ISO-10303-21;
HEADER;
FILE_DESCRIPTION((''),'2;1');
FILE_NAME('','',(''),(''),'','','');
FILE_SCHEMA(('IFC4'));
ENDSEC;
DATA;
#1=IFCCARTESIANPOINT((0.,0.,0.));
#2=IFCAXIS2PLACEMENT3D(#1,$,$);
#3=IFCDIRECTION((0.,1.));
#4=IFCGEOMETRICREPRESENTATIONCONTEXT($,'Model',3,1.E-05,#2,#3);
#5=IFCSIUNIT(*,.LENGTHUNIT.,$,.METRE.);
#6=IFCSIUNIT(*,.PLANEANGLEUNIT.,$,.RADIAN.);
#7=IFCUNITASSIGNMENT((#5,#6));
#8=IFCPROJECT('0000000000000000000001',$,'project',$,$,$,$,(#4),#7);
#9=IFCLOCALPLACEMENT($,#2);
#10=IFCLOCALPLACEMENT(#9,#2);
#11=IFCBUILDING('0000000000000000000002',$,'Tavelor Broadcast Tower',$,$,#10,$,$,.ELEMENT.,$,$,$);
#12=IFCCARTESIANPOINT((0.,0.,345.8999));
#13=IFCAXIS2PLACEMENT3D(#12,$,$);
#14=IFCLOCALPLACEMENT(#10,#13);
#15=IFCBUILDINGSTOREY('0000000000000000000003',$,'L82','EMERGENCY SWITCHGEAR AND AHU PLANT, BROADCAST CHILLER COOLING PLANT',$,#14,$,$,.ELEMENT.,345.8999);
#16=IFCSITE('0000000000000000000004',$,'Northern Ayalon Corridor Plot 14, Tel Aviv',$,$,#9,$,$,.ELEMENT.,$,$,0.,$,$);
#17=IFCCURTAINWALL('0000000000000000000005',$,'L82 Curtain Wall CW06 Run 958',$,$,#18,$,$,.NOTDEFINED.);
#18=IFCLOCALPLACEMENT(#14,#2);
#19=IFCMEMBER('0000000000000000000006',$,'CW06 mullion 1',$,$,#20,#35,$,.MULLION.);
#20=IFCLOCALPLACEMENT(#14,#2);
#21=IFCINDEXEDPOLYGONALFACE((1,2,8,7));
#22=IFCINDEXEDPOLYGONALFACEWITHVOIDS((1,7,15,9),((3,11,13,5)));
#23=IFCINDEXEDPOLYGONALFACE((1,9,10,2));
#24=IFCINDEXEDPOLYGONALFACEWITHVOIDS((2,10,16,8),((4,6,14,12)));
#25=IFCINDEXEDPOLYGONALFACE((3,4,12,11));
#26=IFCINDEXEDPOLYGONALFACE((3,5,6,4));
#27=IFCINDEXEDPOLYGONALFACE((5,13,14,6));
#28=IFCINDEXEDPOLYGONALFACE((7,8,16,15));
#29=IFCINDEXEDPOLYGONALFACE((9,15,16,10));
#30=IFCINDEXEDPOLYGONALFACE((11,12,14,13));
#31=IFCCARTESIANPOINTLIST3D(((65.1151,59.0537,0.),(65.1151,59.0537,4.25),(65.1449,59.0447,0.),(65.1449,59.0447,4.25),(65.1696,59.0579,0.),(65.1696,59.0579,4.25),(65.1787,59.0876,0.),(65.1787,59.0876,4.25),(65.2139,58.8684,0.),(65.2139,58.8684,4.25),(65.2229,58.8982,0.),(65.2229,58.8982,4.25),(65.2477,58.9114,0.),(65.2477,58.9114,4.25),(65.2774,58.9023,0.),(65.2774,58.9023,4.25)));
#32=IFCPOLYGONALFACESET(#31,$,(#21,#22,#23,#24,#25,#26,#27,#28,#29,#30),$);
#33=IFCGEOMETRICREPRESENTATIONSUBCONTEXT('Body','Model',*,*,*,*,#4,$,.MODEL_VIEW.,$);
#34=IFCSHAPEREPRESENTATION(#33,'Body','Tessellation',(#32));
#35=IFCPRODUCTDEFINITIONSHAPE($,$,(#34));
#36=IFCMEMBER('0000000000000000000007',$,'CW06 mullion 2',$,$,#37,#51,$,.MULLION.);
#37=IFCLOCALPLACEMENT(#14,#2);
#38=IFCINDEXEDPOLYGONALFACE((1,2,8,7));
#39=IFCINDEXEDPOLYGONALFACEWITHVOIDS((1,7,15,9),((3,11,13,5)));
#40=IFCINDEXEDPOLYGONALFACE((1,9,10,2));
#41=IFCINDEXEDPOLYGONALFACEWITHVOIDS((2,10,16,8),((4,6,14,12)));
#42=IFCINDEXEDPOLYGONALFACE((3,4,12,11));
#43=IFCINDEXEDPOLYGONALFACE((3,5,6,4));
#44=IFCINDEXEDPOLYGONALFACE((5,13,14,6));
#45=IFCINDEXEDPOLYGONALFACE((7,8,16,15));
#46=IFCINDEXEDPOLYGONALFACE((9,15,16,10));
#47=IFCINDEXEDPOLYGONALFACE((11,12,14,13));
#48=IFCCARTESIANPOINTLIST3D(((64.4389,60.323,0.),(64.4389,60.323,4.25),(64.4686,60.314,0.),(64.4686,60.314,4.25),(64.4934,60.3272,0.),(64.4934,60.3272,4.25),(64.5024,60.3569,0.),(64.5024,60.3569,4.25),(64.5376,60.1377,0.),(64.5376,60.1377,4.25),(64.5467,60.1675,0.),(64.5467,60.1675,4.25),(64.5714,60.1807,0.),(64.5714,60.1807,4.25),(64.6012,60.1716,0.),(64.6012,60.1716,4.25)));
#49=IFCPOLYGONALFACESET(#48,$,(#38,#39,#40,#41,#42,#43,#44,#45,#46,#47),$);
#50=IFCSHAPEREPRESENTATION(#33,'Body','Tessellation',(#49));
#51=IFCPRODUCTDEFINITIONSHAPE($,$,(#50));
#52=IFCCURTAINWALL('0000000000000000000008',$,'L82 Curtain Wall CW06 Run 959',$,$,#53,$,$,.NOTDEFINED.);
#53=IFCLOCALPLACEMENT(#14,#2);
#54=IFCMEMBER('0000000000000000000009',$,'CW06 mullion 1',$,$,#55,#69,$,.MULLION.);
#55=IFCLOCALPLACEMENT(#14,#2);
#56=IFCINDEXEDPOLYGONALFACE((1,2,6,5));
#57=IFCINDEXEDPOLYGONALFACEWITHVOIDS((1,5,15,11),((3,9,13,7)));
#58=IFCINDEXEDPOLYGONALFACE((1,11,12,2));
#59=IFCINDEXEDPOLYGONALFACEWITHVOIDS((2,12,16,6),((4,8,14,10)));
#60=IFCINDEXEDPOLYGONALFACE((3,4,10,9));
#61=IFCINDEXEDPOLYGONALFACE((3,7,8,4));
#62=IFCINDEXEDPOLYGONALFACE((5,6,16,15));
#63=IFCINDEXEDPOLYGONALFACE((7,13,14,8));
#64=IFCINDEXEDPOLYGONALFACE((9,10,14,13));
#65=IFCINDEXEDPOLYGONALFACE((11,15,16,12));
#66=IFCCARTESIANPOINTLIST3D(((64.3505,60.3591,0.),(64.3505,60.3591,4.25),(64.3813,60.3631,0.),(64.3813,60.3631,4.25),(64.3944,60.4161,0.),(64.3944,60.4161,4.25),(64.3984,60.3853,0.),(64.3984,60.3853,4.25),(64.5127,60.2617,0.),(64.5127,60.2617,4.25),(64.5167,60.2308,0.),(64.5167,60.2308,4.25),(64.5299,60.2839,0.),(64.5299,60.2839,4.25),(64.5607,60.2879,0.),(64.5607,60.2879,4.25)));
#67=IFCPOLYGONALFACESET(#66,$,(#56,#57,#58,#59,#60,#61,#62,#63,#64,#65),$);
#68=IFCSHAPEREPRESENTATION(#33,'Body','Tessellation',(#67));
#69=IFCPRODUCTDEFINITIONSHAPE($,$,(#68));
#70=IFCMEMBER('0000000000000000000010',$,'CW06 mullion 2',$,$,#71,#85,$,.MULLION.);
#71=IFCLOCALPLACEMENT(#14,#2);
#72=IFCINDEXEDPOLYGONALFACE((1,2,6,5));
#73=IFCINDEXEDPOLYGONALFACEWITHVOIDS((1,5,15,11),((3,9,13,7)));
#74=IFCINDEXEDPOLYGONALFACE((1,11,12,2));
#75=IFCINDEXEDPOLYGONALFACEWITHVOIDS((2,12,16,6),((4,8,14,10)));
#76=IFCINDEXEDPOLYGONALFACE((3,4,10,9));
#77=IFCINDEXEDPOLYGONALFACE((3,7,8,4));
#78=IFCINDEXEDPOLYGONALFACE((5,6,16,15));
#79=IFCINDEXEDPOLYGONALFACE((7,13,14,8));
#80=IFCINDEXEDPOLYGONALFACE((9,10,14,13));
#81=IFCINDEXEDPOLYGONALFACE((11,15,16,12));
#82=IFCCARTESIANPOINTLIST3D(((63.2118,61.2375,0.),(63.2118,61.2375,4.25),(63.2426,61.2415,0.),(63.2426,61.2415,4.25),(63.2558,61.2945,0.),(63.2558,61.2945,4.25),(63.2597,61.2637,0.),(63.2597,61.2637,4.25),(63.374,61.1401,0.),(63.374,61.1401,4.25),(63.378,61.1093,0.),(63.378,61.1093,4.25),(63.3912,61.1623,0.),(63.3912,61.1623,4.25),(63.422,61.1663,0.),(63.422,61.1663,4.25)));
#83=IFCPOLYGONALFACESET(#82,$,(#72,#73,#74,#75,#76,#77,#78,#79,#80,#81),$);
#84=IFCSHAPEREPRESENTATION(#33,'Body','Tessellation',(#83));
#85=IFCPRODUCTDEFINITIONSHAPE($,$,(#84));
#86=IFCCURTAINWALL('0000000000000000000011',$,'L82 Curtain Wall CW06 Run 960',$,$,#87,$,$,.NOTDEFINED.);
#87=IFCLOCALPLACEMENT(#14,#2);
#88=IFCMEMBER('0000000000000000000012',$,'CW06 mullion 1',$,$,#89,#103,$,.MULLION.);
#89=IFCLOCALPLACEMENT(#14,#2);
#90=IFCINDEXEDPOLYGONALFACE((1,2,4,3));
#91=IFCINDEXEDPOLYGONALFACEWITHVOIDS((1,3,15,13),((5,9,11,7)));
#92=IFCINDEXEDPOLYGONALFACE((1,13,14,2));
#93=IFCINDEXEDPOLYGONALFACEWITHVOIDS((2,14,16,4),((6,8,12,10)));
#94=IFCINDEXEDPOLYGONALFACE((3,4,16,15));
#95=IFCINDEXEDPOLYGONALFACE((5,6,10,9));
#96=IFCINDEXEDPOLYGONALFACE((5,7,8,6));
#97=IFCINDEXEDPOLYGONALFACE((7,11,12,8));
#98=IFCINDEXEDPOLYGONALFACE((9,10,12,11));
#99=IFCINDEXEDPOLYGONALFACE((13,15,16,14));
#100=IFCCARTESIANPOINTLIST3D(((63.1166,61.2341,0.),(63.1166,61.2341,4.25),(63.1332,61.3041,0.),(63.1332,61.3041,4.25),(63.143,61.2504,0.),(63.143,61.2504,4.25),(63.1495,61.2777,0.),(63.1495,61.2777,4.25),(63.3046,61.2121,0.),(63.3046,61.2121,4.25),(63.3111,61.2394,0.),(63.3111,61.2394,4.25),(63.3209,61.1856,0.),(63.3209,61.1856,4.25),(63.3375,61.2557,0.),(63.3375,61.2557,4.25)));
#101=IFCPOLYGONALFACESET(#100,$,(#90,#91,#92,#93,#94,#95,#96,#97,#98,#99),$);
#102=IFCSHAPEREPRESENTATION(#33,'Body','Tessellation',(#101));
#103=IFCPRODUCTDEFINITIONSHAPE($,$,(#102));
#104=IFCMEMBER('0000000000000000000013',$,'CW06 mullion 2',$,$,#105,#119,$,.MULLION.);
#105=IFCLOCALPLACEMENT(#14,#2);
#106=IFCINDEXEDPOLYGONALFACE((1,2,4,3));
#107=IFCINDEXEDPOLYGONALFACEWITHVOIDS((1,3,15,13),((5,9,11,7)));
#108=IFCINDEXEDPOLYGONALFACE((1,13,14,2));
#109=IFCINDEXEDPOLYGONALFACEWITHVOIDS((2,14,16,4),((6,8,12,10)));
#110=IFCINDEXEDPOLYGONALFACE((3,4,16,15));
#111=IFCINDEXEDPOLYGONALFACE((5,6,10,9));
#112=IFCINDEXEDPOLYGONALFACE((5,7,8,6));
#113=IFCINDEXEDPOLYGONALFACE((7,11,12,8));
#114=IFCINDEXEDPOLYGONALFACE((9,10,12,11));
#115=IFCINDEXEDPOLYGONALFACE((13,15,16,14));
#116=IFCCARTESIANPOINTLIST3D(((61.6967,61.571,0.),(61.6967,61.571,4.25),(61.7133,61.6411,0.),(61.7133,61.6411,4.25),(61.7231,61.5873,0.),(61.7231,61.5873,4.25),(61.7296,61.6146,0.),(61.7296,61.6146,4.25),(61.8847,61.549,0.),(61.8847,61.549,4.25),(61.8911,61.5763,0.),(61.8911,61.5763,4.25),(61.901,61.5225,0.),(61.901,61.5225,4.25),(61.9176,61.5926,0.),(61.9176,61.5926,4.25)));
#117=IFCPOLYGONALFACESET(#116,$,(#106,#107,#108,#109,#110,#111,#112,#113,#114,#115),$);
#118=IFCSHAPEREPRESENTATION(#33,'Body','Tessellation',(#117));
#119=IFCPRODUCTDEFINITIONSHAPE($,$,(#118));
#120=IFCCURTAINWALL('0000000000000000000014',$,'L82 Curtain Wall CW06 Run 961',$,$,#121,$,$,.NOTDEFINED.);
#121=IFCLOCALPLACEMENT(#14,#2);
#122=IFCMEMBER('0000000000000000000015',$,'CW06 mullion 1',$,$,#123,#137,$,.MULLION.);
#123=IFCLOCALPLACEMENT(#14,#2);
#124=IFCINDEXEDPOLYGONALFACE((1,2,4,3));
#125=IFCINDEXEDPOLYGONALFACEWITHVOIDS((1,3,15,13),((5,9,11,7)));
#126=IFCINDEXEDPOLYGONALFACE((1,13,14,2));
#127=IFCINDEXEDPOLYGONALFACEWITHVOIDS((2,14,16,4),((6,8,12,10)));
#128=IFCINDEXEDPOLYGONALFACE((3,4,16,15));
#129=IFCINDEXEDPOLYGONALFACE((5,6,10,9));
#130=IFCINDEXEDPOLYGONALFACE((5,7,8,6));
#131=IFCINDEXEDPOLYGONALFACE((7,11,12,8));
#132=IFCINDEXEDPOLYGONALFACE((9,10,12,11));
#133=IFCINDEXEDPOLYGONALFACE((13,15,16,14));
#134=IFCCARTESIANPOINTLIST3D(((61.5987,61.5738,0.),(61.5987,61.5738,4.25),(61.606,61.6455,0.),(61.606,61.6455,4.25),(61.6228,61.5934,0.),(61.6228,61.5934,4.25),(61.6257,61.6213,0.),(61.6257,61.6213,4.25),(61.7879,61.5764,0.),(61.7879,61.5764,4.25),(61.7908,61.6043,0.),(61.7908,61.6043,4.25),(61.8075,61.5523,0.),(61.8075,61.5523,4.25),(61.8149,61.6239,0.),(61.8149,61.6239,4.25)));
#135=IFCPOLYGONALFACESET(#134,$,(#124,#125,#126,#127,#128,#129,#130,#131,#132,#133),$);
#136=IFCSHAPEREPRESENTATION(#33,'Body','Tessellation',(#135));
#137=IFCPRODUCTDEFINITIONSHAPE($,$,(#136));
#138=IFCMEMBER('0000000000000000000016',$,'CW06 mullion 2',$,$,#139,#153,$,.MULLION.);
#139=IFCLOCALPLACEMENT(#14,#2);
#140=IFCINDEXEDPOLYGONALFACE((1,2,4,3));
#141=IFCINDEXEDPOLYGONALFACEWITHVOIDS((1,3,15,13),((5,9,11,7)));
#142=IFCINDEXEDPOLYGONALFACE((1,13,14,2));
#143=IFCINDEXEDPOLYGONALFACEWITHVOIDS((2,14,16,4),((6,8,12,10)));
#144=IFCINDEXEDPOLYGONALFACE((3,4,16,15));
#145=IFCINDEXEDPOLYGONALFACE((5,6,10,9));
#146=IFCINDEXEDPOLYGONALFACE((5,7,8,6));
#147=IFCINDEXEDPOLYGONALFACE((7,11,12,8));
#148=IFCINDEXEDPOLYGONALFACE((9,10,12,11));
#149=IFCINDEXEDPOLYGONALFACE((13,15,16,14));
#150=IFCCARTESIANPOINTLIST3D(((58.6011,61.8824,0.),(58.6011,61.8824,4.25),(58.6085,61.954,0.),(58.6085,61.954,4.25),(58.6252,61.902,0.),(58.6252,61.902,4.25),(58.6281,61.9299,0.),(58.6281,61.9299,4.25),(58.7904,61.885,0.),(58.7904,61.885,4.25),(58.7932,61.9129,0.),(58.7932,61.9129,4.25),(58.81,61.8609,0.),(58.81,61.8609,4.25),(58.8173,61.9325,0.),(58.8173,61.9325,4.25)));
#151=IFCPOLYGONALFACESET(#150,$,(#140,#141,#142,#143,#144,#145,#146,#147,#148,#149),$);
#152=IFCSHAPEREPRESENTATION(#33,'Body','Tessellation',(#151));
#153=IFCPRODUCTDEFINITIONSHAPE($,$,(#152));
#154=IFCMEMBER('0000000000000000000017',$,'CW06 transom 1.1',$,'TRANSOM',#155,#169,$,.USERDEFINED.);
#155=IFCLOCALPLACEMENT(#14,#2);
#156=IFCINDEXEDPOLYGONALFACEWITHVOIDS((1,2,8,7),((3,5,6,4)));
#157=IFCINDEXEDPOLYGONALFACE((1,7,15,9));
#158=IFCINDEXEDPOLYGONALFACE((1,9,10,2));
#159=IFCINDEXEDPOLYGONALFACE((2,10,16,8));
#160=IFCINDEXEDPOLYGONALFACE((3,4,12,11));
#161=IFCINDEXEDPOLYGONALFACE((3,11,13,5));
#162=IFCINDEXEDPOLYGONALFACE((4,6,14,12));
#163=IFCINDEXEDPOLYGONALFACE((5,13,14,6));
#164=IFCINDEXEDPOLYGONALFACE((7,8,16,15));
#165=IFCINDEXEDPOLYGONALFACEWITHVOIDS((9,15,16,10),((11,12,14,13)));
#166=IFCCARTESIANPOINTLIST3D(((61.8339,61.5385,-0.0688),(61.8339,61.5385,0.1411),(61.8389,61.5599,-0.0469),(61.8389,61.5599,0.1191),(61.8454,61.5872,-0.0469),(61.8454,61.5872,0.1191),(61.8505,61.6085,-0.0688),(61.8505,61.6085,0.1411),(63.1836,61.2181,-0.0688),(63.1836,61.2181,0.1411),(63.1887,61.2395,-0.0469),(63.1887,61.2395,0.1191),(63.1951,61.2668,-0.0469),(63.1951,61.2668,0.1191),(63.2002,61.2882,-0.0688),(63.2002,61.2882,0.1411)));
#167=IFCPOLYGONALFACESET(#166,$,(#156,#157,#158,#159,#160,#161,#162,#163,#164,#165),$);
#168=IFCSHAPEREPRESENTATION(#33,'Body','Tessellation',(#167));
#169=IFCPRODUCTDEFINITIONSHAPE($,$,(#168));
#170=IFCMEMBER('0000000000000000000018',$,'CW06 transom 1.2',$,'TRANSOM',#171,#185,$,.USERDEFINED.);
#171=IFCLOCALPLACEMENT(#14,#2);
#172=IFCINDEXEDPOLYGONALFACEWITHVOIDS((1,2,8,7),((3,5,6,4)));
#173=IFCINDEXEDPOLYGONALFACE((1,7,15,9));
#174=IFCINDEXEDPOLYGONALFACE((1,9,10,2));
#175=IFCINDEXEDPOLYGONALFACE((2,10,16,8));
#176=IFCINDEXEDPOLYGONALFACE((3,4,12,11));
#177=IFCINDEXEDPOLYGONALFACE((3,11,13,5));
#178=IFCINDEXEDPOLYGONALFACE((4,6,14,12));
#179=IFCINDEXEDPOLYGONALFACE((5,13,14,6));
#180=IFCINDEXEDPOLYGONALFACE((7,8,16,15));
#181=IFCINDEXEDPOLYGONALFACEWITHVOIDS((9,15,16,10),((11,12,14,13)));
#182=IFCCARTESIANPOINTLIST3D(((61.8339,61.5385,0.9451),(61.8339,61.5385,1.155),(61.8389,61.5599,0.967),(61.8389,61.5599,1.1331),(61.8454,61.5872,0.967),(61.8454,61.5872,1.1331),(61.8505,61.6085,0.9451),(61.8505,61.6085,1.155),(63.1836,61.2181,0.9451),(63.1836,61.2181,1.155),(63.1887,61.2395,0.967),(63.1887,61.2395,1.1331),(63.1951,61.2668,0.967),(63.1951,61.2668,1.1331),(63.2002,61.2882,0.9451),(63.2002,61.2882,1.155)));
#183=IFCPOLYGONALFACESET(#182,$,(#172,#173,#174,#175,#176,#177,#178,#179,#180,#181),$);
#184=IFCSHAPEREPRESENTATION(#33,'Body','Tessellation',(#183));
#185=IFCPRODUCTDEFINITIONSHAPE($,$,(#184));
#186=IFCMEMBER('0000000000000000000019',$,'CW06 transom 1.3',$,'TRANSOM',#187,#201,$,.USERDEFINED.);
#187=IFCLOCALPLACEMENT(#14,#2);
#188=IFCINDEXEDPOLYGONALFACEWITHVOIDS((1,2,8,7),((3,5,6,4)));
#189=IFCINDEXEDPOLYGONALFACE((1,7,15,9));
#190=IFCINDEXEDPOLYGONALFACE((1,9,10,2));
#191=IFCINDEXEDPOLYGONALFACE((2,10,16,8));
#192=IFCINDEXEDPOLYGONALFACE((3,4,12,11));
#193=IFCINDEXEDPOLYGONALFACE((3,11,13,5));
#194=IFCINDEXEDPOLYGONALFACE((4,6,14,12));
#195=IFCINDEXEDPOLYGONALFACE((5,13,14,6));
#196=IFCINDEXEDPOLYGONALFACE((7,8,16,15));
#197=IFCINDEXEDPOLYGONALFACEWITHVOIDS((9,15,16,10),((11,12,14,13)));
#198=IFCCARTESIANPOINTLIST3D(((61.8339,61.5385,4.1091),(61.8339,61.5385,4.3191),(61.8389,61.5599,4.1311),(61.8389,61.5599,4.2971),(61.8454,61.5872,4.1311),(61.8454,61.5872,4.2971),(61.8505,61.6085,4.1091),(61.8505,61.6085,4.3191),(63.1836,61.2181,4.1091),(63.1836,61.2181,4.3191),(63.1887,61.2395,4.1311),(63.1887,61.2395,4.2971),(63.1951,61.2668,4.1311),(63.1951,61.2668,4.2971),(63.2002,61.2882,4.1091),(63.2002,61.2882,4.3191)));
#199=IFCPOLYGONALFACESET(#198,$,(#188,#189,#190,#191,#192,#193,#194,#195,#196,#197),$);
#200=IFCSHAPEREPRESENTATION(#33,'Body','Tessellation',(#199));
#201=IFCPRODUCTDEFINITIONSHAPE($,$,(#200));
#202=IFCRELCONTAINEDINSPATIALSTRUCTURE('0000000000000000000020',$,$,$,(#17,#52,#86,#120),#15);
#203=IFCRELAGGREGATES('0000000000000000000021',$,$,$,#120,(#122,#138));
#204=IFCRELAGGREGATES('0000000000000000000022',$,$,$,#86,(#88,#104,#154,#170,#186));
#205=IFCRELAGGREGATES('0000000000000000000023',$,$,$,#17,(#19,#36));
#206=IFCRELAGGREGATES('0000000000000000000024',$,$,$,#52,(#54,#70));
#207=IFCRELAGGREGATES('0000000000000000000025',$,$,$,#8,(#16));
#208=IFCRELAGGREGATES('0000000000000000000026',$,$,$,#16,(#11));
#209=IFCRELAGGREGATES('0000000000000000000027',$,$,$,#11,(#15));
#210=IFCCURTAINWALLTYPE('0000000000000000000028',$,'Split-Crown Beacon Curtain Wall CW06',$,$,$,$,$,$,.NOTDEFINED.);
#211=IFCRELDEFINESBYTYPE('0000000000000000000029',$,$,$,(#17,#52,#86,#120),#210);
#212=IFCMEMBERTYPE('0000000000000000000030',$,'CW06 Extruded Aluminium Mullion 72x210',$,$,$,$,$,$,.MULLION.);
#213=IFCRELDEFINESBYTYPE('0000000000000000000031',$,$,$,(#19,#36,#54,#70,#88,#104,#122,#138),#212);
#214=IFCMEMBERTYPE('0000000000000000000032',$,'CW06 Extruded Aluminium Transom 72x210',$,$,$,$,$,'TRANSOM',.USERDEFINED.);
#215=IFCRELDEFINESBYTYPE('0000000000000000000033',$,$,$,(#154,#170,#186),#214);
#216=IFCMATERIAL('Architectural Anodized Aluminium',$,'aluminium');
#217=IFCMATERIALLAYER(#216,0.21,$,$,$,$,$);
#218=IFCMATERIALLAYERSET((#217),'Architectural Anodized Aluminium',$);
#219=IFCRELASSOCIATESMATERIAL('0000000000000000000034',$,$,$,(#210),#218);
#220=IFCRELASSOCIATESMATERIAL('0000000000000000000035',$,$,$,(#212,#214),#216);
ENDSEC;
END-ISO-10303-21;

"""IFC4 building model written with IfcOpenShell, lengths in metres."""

from ifc_helpers import new_model, si_unit, direction, frame, origin, origin_2d, place, context, subcontext, project, spatial, hollow_rectangle, extrude, source, transform, mapped, material, layer, layer_set, material_profile, profile_set, type_object, type_shapes, element, aggregate, save


model = new_model("IFC4")

# Units and contexts
model_context = context("Model", 3, precision=1e-05, world=origin(), true_north=direction((0.0, 1.0)))
body_context = subcontext(model_context, "Body", "Model", "MODEL_VIEW")
ifc_project = project(units=[si_unit("LENGTHUNIT", "METRE"), si_unit("PLANEANGLEUNIT", "RADIAN")], contexts=[model_context])

# Site, building, storey
site_placement = place(None, origin())
site = spatial("IfcSite", under=ifc_project, at=site_placement, Name="Northern Ayalon Corridor Plot 14, Tel Aviv", CompositionType="ELEMENT", RefElevation=0.0)
building_placement = place(site_placement, origin())
building = spatial("IfcBuilding", under=site, at=building_placement, Name="Tavelor Broadcast Tower", CompositionType="ELEMENT")
storey_placement = place(building_placement, frame((0.0, 0.0, 345.8999)))
storey = spatial("IfcBuildingStorey", under=building, at=storey_placement, Name="L82", Description="EMERGENCY SWITCHGEAR AND AHU PLANT, BROADCAST CHILLER COOLING PLANT", CompositionType="ELEMENT", Elevation=345.8999)

# Curtain walls, members
ifc_material_1 = material(Name="Architectural Anodized Aluminium", Category="aluminium")
ifc_layer_1 = layer(ifc_material_1, 0.21)
ifc_layer_set_1 = layer_set([ifc_layer_1], Name="Architectural Anodized Aluminium")
curtain_wall_type = type_object("IfcCurtainWallType", Name="Split-Crown Beacon Curtain Wall CW06", PredefinedType="NOTDEFINED", material=ifc_layer_set_1)
curtain_wall_1_placement = place(storey_placement, origin())
curtain_wall_1 = element("IfcCurtainWall", 1, at=curtain_wall_1_placement, inside=storey, type_object=curtain_wall_type, Name="L82 Curtain Wall CW06 Run 958", PredefinedType="NOTDEFINED")
ifc_material_profile_1 = material_profile(ifc_material_1, hollow_rectangle(XDim=0.072, YDim=0.21, WallThickness=0.022, at=origin_2d()), Name="RHS 72x210x22")
ifc_profile_set_1 = profile_set([ifc_material_profile_1], Name="Architectural Anodized Aluminium")
member_type_1 = type_object("IfcMemberType", Name="CW06 Extruded Aluminium Mullion 72x210", PredefinedType="MULLION", material=ifc_profile_set_1)
shared_shape_1 = source(origin(), body_context, "Body", "SweptSolid", [
    extrude(hollow_rectangle(XDim=0.072, YDim=0.21, WallThickness=0.022, at=origin_2d()), origin(), (0.0, 0.0, 1.0), 4.25),
])
type_shapes(member_type_1, [shared_shape_1])
member_1_placement = place(storey_placement, frame((65.1963, 58.978, 0.0), z_axis=(0.0, 0.0, 1.0), x_axis=(-0.882553, -0.470214, 0.0)))
member_1 = element("IfcMember", 2, at=member_1_placement, type_object=member_type_1, Name="CW06 mullion 1", PredefinedType="MULLION", context=body_context, shape_type="MappedRepresentation", body=[
    mapped(shared_shape_1, transform((0.0, 0.0, 0.0), scale=1.0)),
])
member_2_placement = place(storey_placement, frame((64.52, 60.2473, 0.0), z_axis=(0.0, 0.0, 1.0), x_axis=(-0.882553, -0.470214, 0.0)))
member_2 = element("IfcMember", 3, at=member_2_placement, type_object=member_type_1, Name="CW06 mullion 2", PredefinedType="MULLION", context=body_context, shape_type="MappedRepresentation", body=[
    mapped(shared_shape_1, transform((0.0, 0.0, 0.0), scale=1.0)),
])
curtain_wall_2_placement = place(storey_placement, origin())
curtain_wall_2 = element("IfcCurtainWall", 4, at=curtain_wall_2_placement, inside=storey, type_object=curtain_wall_type, Name="L82 Curtain Wall CW06 Run 959", PredefinedType="NOTDEFINED")
member_3_placement = place(storey_placement, frame((64.4556, 60.3235, 0.0), z_axis=(0.0, 0.0, 1.0), x_axis=(-0.610846, -0.791749, 0.0)))
member_3 = element("IfcMember", 5, at=member_3_placement, type_object=member_type_1, Name="CW06 mullion 1", PredefinedType="MULLION", context=body_context, shape_type="MappedRepresentation", body=[
    mapped(shared_shape_1, transform((0.0, 0.0, 0.0), scale=1.0)),
])
member_4_placement = place(storey_placement, frame((63.3169, 61.2019, 0.0), z_axis=(0.0, 0.0, 1.0), x_axis=(-0.610846, -0.791749, 0.0)))
member_4 = element("IfcMember", 6, at=member_4_placement, type_object=member_type_1, Name="CW06 mullion 2", PredefinedType="MULLION", context=body_context, shape_type="MappedRepresentation", body=[
    mapped(shared_shape_1, transform((0.0, 0.0, 0.0), scale=1.0)),
])
curtain_wall_3_placement = place(storey_placement, origin())
curtain_wall_3 = element("IfcCurtainWall", 7, at=curtain_wall_3_placement, inside=storey, type_object=curtain_wall_type, Name="L82 Curtain Wall CW06 Run 960", PredefinedType="NOTDEFINED")
member_5_placement = place(storey_placement, frame((63.2271, 61.2449, 0.0), z_axis=(0.0, 0.0, 1.0), x_axis=(-0.23087, -0.972985, 0.0)))
member_5 = element("IfcMember", 8, at=member_5_placement, type_object=member_type_1, Name="CW06 mullion 1", PredefinedType="MULLION", context=body_context, shape_type="MappedRepresentation", body=[
    mapped(shared_shape_1, transform((0.0, 0.0, 0.0), scale=1.0)),
])
member_6_placement = place(storey_placement, frame((61.8071, 61.5818, 0.0), z_axis=(0.0, 0.0, 1.0), x_axis=(-0.23087, -0.972985, 0.0)))
member_6 = element("IfcMember", 9, at=member_6_placement, type_object=member_type_1, Name="CW06 mullion 2", PredefinedType="MULLION", context=body_context, shape_type="MappedRepresentation", body=[
    mapped(shared_shape_1, transform((0.0, 0.0, 0.0), scale=1.0)),
])
curtain_wall_4_placement = place(storey_placement, origin())
curtain_wall_4 = element("IfcCurtainWall", 10, at=curtain_wall_4_placement, inside=storey, type_object=curtain_wall_type, Name="L82 Curtain Wall CW06 Run 961", PredefinedType="NOTDEFINED")
member_7_placement = place(storey_placement, frame((61.7068, 61.5989, 0.0), z_axis=(0.0, 0.0, 1.0), x_axis=(-0.102461, -0.994737, 0.0)))
member_7 = element("IfcMember", 11, at=member_7_placement, type_object=member_type_1, Name="CW06 mullion 1", PredefinedType="MULLION", context=body_context, shape_type="MappedRepresentation", body=[
    mapped(shared_shape_1, transform((0.0, 0.0, 0.0), scale=1.0)),
])
member_8_placement = place(storey_placement, frame((58.7092, 61.9075, 0.0), z_axis=(0.0, 0.0, 1.0), x_axis=(-0.102461, -0.994737, 0.0)))
member_8 = element("IfcMember", 12, at=member_8_placement, type_object=member_type_1, Name="CW06 mullion 2", PredefinedType="MULLION", context=body_context, shape_type="MappedRepresentation", body=[
    mapped(shared_shape_1, transform((0.0, 0.0, 0.0), scale=1.0)),
])

# Members
ifc_material_profile_2 = material_profile(ifc_material_1, hollow_rectangle(XDim=0.072, YDim=0.21, WallThickness=0.022, at=origin_2d()), Name="RHS 72x210x22")
ifc_profile_set_2 = profile_set([ifc_material_profile_2], Name="Architectural Anodized Aluminium")
member_type_2 = type_object("IfcMemberType", Name="CW06 Extruded Aluminium Transom 72x210", ElementType="TRANSOM", PredefinedType="USERDEFINED", material=ifc_profile_set_2)
shared_shape_2 = source(origin(), body_context, "Body", "SweptSolid", [
    extrude(hollow_rectangle(XDim=0.072, YDim=0.21, WallThickness=0.022, at=origin_2d()), origin(), (0.0, 0.0, 1.0), 1.3872),
])
member_9_placement = place(storey_placement, frame((63.1919, 61.2532, 0.0361), z_axis=(-0.972972, 0.230922, 0.0), x_axis=(-0.230922, -0.972972, 0.0)))
member_9 = element("IfcMember", 13, at=member_9_placement, type_object=member_type_2, Name="CW06 transom 1.1", ObjectType="TRANSOM", PredefinedType="USERDEFINED", context=body_context, shape_type="MappedRepresentation", body=[
    mapped(shared_shape_2, transform((0.0, 0.0, 0.0), scale=1.0)),
])
member_10_placement = place(storey_placement, frame((63.1919, 61.2532, 1.05), z_axis=(-0.972972, 0.230922, 0.0), x_axis=(-0.230922, -0.972972, 0.0)))
member_10 = element("IfcMember", 14, at=member_10_placement, type_object=member_type_2, Name="CW06 transom 1.2", ObjectType="TRANSOM", PredefinedType="USERDEFINED", context=body_context, shape_type="MappedRepresentation", body=[
    mapped(shared_shape_2, transform((0.0, 0.0, 0.0), scale=1.0)),
])
member_11_placement = place(storey_placement, frame((63.1919, 61.2532, 4.2141), z_axis=(-0.972972, 0.230922, 0.0), x_axis=(-0.230922, -0.972972, 0.0)))
member_11 = element("IfcMember", 15, at=member_11_placement, type_object=member_type_2, Name="CW06 transom 1.3", ObjectType="TRANSOM", PredefinedType="USERDEFINED", context=body_context, shape_type="MappedRepresentation", body=[
    mapped(shared_shape_2, transform((0.0, 0.0, 0.0), scale=1.0)),
])

aggregate(curtain_wall_4, [member_7, member_8])
aggregate(curtain_wall_3, [member_5, member_6, member_9, member_10, member_11])
aggregate(curtain_wall_1, [member_1, member_2])
aggregate(curtain_wall_2, [member_3, member_4])

save(model, "model.ifc")
